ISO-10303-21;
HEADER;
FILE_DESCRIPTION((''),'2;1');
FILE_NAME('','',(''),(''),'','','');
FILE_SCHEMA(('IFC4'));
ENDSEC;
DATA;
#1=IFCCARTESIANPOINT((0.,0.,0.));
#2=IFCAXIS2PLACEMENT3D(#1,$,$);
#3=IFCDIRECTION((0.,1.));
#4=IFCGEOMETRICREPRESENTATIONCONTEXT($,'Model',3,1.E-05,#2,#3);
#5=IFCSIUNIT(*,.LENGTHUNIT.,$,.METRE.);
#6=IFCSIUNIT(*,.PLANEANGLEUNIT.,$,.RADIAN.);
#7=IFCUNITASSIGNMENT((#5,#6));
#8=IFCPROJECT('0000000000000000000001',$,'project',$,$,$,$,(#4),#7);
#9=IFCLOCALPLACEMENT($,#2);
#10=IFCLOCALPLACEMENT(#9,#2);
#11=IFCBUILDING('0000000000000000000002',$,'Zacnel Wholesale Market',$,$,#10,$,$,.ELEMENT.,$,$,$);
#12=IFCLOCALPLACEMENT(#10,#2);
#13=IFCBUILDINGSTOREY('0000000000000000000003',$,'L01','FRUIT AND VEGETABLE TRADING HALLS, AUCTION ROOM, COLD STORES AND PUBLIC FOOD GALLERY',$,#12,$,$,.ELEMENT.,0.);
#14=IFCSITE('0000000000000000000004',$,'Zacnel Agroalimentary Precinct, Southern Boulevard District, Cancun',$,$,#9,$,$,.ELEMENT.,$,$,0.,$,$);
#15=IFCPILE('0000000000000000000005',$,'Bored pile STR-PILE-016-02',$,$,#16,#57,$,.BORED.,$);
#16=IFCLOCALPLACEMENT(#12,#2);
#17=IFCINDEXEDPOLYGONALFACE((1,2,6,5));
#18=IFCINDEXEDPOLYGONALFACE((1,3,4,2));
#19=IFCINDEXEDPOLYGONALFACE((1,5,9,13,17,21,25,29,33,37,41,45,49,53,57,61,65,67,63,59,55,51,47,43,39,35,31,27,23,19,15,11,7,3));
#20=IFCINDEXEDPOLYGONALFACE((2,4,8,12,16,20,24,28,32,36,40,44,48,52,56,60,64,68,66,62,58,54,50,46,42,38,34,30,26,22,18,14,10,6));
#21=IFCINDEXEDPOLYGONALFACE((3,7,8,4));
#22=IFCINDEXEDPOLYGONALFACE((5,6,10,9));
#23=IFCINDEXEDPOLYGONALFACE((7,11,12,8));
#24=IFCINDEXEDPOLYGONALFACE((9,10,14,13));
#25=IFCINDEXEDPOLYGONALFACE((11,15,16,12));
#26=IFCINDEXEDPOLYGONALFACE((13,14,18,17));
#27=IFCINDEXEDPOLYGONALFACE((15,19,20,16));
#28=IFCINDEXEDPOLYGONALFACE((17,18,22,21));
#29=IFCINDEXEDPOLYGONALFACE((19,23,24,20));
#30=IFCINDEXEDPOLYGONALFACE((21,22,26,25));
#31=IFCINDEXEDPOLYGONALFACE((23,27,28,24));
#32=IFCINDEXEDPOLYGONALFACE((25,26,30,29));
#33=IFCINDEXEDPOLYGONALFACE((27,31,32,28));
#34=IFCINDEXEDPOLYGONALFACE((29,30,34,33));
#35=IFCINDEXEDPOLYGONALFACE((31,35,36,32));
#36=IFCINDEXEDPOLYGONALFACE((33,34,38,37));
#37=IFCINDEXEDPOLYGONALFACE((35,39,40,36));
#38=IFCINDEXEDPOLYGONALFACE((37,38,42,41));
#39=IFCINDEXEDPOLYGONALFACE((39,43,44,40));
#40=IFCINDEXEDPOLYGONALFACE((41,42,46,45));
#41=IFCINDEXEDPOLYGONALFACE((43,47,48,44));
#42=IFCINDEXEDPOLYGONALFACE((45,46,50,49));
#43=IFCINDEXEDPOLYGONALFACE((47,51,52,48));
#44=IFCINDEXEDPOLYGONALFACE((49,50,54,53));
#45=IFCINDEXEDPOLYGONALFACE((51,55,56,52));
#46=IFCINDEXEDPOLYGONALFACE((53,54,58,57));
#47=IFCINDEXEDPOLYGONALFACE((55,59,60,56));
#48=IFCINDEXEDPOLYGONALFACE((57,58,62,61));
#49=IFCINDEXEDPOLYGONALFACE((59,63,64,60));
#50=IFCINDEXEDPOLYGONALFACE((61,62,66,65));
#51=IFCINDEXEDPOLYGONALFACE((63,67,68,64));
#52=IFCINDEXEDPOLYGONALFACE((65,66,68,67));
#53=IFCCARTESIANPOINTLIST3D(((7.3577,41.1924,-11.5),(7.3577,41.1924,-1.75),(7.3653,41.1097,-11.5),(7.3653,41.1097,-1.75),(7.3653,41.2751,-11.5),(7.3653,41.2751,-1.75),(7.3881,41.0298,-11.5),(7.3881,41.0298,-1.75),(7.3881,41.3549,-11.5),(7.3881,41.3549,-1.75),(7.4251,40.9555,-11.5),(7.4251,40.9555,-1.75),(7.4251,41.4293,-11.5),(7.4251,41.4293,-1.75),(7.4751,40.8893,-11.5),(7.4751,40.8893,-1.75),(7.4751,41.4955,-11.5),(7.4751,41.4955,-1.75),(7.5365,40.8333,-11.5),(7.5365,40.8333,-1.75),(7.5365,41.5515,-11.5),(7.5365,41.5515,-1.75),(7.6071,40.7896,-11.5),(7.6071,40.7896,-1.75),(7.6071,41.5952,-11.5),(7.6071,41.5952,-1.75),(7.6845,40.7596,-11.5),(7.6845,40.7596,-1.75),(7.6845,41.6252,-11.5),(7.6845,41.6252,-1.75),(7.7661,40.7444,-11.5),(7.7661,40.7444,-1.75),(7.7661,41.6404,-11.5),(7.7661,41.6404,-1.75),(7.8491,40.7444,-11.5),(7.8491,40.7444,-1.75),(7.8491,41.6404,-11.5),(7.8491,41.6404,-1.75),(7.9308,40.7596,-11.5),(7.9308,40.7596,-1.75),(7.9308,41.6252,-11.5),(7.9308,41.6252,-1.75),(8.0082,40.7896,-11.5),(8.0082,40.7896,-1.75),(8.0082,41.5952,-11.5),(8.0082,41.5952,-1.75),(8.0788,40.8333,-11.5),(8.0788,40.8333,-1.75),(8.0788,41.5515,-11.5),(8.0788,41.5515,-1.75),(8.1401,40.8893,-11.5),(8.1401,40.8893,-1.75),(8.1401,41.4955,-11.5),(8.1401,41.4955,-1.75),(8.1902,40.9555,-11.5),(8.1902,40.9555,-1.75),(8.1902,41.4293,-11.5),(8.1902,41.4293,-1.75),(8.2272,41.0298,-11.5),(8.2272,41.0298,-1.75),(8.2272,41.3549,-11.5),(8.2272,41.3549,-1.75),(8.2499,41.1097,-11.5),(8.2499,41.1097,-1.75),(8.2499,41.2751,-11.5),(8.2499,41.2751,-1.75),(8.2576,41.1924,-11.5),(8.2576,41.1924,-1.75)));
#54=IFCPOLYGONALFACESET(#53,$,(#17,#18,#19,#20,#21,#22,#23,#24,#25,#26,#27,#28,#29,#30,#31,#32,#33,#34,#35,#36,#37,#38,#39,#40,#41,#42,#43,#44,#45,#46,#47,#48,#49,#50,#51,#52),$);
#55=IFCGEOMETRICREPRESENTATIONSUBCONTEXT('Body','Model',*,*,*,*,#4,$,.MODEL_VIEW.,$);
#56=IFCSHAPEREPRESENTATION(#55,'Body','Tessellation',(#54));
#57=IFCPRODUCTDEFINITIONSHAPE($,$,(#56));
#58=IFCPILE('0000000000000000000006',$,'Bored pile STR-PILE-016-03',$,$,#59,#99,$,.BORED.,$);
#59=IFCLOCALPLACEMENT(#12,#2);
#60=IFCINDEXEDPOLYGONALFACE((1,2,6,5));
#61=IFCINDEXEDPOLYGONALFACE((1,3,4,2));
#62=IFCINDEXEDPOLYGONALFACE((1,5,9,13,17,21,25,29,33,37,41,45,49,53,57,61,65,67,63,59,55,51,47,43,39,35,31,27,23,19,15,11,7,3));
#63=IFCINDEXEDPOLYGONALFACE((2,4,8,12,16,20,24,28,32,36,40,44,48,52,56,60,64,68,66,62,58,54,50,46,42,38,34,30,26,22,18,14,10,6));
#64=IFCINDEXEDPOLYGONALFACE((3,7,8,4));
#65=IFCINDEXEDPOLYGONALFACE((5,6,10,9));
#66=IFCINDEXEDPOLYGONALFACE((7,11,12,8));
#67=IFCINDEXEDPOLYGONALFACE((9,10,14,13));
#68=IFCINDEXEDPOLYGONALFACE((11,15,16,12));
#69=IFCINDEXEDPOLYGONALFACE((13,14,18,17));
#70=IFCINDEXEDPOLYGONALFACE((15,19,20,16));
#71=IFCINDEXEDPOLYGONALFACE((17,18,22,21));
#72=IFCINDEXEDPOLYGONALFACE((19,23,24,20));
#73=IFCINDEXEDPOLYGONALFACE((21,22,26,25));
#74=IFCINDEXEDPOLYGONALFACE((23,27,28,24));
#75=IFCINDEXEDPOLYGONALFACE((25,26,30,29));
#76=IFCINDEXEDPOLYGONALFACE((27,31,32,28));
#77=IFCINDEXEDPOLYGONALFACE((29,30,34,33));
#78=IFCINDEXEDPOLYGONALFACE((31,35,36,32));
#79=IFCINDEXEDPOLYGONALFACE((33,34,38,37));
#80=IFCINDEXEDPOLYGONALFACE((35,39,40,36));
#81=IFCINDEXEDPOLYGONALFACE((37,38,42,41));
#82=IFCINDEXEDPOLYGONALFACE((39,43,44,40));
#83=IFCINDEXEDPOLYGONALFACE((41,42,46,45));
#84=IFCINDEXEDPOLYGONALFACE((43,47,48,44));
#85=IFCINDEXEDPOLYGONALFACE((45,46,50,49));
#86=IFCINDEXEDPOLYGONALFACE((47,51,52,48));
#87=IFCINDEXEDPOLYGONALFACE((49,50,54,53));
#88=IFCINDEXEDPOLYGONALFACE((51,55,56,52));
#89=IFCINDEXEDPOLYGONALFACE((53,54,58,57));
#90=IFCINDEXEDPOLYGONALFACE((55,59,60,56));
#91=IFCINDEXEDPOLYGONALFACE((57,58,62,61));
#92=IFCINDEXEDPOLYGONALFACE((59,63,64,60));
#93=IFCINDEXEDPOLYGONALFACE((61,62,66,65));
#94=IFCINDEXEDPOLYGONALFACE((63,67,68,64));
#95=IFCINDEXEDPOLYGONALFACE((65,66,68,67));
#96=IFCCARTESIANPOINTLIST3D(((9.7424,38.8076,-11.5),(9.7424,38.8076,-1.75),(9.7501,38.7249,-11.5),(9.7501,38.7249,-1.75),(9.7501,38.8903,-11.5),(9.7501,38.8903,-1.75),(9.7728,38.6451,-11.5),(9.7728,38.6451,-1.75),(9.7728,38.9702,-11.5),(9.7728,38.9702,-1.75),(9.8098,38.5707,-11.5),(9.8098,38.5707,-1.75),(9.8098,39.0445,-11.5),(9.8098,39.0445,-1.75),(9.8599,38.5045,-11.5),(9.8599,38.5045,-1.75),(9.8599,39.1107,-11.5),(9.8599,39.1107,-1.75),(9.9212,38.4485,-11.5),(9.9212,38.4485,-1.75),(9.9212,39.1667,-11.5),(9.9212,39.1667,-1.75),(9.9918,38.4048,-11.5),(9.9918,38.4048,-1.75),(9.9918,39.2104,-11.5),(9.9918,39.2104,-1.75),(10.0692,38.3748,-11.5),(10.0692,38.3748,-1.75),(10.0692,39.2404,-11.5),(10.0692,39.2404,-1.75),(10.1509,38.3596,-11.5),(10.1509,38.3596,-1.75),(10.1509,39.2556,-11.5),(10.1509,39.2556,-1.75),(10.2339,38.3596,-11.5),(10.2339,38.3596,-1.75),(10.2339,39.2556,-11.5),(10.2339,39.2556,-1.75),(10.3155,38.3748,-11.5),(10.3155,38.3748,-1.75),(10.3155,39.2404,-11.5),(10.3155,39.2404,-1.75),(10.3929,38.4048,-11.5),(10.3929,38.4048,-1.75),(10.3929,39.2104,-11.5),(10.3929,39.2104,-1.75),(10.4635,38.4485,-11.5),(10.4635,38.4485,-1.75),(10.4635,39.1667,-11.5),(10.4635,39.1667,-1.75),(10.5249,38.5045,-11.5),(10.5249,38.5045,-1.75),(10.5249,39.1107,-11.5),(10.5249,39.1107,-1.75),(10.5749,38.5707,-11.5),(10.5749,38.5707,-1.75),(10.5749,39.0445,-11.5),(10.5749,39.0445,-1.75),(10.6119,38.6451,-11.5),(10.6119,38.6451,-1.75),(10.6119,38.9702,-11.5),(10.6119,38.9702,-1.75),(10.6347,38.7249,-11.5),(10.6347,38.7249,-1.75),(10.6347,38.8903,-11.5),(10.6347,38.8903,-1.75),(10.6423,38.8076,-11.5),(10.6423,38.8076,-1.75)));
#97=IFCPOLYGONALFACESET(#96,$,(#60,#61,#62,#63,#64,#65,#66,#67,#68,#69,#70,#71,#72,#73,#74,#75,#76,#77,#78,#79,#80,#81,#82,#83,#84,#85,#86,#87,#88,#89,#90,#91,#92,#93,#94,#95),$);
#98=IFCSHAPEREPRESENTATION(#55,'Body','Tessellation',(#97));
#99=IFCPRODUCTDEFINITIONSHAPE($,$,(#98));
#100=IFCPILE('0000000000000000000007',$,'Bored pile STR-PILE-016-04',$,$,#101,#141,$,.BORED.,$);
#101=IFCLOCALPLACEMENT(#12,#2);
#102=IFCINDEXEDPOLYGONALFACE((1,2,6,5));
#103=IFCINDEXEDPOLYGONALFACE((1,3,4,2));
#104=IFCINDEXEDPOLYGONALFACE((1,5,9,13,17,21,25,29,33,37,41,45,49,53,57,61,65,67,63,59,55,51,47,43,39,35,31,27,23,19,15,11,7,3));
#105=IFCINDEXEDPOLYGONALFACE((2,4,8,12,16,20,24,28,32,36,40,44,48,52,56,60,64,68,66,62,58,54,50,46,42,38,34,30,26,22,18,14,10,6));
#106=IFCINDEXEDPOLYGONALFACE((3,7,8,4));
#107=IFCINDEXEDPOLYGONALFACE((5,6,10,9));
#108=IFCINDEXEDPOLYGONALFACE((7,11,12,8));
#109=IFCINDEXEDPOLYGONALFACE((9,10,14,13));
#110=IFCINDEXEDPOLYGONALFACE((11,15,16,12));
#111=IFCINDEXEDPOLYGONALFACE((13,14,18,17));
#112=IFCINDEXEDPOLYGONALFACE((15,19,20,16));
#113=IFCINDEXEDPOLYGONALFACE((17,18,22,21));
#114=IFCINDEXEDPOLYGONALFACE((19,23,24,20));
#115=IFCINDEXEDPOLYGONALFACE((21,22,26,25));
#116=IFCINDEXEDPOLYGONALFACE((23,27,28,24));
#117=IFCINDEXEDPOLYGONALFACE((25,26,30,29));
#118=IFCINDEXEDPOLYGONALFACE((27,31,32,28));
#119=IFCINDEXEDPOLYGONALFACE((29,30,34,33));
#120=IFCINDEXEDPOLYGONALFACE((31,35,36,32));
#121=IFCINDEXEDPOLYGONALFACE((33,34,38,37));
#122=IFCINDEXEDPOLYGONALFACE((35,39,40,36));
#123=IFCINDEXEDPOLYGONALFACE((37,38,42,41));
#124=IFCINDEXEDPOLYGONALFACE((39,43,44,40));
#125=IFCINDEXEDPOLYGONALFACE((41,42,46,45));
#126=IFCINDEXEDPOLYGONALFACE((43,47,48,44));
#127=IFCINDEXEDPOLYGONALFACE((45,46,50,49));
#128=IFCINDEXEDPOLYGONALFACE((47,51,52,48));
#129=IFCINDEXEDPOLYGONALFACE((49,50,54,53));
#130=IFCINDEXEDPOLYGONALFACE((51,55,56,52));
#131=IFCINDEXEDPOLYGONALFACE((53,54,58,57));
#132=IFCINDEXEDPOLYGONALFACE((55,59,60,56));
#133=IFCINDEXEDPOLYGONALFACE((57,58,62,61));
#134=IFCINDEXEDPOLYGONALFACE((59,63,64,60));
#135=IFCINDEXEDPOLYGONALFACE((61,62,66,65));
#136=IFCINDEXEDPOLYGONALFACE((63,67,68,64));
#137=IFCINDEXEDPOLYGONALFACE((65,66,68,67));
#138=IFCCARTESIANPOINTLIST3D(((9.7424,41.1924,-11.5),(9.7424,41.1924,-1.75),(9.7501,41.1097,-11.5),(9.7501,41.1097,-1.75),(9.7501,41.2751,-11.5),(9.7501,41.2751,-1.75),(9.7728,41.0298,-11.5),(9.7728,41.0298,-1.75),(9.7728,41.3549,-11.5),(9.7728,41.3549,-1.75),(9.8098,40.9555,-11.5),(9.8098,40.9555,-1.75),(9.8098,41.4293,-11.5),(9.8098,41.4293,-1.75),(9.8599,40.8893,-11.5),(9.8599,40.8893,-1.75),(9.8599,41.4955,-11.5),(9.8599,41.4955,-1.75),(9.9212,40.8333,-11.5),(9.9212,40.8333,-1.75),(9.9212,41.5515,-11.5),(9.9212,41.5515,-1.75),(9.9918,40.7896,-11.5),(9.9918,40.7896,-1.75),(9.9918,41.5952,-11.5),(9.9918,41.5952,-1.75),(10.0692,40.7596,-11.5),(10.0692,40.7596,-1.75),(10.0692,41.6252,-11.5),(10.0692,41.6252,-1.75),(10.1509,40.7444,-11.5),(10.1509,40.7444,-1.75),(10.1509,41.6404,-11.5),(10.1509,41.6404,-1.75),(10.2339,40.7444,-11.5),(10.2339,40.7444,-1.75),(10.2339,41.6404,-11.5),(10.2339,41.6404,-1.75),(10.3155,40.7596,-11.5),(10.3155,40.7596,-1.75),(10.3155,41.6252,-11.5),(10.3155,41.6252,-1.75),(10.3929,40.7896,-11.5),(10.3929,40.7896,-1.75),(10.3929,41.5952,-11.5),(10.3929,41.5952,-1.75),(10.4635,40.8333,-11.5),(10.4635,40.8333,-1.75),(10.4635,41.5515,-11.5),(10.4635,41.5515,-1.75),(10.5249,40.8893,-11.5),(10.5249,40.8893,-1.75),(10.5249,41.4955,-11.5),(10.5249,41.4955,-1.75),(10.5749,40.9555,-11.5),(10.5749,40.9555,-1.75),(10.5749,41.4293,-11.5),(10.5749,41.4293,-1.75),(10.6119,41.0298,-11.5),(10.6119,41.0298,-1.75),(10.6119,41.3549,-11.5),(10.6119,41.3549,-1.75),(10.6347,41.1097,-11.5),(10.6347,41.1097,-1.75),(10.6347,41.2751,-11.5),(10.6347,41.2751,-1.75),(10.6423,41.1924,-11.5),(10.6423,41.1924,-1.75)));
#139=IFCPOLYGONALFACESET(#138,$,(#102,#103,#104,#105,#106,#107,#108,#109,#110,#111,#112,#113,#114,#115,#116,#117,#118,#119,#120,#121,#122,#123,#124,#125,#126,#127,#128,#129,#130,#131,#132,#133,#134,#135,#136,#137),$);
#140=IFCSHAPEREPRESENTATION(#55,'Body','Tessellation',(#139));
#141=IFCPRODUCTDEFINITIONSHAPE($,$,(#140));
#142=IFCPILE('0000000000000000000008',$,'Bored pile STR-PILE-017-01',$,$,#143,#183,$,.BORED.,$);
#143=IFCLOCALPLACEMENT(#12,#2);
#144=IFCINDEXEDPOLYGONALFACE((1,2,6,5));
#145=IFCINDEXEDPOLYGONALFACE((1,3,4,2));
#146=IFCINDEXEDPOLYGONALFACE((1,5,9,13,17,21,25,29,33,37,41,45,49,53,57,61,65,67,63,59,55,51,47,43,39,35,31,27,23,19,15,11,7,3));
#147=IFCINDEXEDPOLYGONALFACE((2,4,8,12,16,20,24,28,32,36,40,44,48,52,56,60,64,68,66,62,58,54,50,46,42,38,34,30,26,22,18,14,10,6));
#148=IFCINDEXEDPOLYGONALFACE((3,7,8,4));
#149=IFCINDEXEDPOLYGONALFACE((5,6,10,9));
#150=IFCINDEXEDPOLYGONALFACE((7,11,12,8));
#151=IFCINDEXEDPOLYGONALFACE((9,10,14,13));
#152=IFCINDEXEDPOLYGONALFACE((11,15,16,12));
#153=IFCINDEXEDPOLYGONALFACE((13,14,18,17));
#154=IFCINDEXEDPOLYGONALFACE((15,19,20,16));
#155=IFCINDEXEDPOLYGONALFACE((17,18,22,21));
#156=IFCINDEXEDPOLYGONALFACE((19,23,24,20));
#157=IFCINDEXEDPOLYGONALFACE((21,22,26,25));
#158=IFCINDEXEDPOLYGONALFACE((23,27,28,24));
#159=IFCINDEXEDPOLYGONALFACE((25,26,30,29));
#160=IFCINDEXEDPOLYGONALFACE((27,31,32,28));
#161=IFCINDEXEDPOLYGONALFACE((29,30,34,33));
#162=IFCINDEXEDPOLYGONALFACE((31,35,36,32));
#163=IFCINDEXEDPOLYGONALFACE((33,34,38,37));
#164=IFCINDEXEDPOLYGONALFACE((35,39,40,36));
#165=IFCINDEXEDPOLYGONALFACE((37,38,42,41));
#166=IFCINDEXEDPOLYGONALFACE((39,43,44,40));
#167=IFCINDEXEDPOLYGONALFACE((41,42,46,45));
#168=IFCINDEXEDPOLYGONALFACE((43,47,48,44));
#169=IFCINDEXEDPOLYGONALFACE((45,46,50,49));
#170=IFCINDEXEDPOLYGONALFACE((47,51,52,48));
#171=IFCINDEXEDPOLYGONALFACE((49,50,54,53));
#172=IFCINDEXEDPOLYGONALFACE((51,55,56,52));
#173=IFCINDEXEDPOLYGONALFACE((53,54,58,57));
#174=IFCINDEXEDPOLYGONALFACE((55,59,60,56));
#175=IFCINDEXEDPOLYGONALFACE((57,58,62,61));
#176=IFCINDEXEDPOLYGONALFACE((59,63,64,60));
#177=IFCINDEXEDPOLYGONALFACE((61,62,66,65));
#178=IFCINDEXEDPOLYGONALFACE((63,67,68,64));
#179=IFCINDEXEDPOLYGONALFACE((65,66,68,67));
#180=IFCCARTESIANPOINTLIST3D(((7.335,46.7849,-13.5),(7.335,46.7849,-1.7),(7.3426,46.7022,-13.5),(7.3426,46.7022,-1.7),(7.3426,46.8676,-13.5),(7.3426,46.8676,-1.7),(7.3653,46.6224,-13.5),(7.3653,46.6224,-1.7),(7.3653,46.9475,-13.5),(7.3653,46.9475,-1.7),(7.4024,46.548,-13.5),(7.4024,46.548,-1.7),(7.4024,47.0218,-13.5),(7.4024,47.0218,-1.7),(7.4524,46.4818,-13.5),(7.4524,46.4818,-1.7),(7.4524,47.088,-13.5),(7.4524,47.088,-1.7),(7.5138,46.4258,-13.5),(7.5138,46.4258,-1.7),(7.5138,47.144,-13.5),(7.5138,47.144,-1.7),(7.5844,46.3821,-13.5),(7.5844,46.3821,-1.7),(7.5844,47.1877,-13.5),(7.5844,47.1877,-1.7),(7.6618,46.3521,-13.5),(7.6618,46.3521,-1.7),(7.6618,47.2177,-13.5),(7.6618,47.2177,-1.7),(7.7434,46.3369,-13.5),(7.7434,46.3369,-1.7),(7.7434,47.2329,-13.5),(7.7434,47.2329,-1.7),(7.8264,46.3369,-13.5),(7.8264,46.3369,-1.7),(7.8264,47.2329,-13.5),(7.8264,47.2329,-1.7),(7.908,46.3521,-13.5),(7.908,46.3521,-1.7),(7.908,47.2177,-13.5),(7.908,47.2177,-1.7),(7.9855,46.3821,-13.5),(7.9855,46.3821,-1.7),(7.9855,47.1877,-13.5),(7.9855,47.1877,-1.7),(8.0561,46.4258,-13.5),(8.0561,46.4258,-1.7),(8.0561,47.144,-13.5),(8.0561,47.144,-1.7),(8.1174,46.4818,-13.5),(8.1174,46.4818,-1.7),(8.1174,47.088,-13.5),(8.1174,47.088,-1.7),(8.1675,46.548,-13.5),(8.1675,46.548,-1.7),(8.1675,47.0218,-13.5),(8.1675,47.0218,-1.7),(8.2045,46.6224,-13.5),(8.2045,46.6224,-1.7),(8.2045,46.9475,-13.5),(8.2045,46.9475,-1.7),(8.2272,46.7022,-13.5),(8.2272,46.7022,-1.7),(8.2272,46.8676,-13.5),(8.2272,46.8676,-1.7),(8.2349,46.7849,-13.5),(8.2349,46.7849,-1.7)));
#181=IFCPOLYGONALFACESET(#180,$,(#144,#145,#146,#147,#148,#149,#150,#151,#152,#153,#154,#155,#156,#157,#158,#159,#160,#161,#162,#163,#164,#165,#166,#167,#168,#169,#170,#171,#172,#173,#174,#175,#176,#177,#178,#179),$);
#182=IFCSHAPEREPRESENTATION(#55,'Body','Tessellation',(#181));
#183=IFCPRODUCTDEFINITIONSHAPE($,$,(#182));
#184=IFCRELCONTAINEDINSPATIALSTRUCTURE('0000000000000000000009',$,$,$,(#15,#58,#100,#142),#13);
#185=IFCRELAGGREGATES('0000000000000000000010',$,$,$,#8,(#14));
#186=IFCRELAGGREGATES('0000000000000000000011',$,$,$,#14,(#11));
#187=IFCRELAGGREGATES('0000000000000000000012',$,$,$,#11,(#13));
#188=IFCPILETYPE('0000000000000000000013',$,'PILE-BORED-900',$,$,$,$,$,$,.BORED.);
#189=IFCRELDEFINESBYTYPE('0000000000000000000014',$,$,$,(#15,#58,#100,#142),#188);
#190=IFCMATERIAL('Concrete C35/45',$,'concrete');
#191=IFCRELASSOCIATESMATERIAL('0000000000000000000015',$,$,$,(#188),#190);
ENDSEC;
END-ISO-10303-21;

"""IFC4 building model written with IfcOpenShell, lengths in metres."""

from ifc_helpers import new_model, si_unit, direction, frame, origin, origin_2d, place, context, subcontext, project, spatial, circle, extrude, material, material_profile, profile_set, type_object, element, save


model = new_model("IFC4")

# Units and contexts
model_context = context("Model", 3, precision=1e-05, world=origin(), true_north=direction((0.0, 1.0)))
body_context = subcontext(model_context, "Body", "Model", "MODEL_VIEW")
ifc_project = project(units=[si_unit("LENGTHUNIT", "METRE"), si_unit("PLANEANGLEUNIT", "RADIAN")], contexts=[model_context])

# Site, building, storey
site_placement = place(None, origin())
site = spatial("IfcSite", under=ifc_project, at=site_placement, Name="Zacnel Agroalimentary Precinct, Southern Boulevard District, Cancun", CompositionType="ELEMENT", RefElevation=0.0)
building_placement = place(site_placement, origin())
building = spatial("IfcBuilding", under=site, at=building_placement, Name="Zacnel Wholesale Market", CompositionType="ELEMENT")
storey_placement = place(building_placement, origin())
storey = spatial("IfcBuildingStorey", under=building, at=storey_placement, Name="L01", Description="FRUIT AND VEGETABLE TRADING HALLS, AUCTION ROOM, COLD STORES AND PUBLIC FOOD GALLERY", CompositionType="ELEMENT", Elevation=0.0)

# Piles
ifc_material_1 = material(Name="Concrete C35/45", Category="concrete")
ifc_material_profile_1 = material_profile(ifc_material_1, circle(Radius=0.45, at=origin_2d()), Name="BORED PILE D900")
ifc_profile_set_1 = profile_set([ifc_material_profile_1], Name="Concrete C35/45")
pile_type = type_object("IfcPileType", Name="PILE-BORED-900", PredefinedType="BORED", material=ifc_profile_set_1)
for number, where, z_axis, x_axis, name in (
    (1, (7.8076, 41.1924, -1.75), (0.0, 0.0, -1.0), (1.0, 0.0, 0.0), "Bored pile STR-PILE-016-02"),
    (2, (10.1924, 38.8076, -1.75), (0.0, 0.0, -1.0), (1.0, 0.0, 0.0), "Bored pile STR-PILE-016-03"),
    (3, (10.1924, 41.1924, -1.75), (0.0, 0.0, -1.0), (1.0, 0.0, 0.0), "Bored pile STR-PILE-016-04"),
):
    element("IfcPile", number, at=place(storey_placement, frame(where, z_axis=z_axis, x_axis=x_axis)), inside=storey, type_object=pile_type, Name=name, PredefinedType="BORED", context=body_context, shape_type="SweptSolid", body=[
        extrude(circle(Radius=0.45, at=origin_2d()), origin(), (0.0, 0.0, 1.0), 9.75),
    ])
for number, where, z_axis, x_axis, name in (
    (4, (7.7849, 46.7849, -1.7), (0.0, 0.0, -1.0), (1.0, 0.0, 0.0), "Bored pile STR-PILE-017-01"),
):
    element("IfcPile", number, at=place(storey_placement, frame(where, z_axis=z_axis, x_axis=x_axis)), inside=storey, type_object=pile_type, Name=name, PredefinedType="BORED", context=body_context, shape_type="SweptSolid", body=[
        extrude(circle(Radius=0.45, at=origin_2d()), origin(), (0.0, 0.0, 1.0), 11.8),
    ])

save(model, "model.ifc")
